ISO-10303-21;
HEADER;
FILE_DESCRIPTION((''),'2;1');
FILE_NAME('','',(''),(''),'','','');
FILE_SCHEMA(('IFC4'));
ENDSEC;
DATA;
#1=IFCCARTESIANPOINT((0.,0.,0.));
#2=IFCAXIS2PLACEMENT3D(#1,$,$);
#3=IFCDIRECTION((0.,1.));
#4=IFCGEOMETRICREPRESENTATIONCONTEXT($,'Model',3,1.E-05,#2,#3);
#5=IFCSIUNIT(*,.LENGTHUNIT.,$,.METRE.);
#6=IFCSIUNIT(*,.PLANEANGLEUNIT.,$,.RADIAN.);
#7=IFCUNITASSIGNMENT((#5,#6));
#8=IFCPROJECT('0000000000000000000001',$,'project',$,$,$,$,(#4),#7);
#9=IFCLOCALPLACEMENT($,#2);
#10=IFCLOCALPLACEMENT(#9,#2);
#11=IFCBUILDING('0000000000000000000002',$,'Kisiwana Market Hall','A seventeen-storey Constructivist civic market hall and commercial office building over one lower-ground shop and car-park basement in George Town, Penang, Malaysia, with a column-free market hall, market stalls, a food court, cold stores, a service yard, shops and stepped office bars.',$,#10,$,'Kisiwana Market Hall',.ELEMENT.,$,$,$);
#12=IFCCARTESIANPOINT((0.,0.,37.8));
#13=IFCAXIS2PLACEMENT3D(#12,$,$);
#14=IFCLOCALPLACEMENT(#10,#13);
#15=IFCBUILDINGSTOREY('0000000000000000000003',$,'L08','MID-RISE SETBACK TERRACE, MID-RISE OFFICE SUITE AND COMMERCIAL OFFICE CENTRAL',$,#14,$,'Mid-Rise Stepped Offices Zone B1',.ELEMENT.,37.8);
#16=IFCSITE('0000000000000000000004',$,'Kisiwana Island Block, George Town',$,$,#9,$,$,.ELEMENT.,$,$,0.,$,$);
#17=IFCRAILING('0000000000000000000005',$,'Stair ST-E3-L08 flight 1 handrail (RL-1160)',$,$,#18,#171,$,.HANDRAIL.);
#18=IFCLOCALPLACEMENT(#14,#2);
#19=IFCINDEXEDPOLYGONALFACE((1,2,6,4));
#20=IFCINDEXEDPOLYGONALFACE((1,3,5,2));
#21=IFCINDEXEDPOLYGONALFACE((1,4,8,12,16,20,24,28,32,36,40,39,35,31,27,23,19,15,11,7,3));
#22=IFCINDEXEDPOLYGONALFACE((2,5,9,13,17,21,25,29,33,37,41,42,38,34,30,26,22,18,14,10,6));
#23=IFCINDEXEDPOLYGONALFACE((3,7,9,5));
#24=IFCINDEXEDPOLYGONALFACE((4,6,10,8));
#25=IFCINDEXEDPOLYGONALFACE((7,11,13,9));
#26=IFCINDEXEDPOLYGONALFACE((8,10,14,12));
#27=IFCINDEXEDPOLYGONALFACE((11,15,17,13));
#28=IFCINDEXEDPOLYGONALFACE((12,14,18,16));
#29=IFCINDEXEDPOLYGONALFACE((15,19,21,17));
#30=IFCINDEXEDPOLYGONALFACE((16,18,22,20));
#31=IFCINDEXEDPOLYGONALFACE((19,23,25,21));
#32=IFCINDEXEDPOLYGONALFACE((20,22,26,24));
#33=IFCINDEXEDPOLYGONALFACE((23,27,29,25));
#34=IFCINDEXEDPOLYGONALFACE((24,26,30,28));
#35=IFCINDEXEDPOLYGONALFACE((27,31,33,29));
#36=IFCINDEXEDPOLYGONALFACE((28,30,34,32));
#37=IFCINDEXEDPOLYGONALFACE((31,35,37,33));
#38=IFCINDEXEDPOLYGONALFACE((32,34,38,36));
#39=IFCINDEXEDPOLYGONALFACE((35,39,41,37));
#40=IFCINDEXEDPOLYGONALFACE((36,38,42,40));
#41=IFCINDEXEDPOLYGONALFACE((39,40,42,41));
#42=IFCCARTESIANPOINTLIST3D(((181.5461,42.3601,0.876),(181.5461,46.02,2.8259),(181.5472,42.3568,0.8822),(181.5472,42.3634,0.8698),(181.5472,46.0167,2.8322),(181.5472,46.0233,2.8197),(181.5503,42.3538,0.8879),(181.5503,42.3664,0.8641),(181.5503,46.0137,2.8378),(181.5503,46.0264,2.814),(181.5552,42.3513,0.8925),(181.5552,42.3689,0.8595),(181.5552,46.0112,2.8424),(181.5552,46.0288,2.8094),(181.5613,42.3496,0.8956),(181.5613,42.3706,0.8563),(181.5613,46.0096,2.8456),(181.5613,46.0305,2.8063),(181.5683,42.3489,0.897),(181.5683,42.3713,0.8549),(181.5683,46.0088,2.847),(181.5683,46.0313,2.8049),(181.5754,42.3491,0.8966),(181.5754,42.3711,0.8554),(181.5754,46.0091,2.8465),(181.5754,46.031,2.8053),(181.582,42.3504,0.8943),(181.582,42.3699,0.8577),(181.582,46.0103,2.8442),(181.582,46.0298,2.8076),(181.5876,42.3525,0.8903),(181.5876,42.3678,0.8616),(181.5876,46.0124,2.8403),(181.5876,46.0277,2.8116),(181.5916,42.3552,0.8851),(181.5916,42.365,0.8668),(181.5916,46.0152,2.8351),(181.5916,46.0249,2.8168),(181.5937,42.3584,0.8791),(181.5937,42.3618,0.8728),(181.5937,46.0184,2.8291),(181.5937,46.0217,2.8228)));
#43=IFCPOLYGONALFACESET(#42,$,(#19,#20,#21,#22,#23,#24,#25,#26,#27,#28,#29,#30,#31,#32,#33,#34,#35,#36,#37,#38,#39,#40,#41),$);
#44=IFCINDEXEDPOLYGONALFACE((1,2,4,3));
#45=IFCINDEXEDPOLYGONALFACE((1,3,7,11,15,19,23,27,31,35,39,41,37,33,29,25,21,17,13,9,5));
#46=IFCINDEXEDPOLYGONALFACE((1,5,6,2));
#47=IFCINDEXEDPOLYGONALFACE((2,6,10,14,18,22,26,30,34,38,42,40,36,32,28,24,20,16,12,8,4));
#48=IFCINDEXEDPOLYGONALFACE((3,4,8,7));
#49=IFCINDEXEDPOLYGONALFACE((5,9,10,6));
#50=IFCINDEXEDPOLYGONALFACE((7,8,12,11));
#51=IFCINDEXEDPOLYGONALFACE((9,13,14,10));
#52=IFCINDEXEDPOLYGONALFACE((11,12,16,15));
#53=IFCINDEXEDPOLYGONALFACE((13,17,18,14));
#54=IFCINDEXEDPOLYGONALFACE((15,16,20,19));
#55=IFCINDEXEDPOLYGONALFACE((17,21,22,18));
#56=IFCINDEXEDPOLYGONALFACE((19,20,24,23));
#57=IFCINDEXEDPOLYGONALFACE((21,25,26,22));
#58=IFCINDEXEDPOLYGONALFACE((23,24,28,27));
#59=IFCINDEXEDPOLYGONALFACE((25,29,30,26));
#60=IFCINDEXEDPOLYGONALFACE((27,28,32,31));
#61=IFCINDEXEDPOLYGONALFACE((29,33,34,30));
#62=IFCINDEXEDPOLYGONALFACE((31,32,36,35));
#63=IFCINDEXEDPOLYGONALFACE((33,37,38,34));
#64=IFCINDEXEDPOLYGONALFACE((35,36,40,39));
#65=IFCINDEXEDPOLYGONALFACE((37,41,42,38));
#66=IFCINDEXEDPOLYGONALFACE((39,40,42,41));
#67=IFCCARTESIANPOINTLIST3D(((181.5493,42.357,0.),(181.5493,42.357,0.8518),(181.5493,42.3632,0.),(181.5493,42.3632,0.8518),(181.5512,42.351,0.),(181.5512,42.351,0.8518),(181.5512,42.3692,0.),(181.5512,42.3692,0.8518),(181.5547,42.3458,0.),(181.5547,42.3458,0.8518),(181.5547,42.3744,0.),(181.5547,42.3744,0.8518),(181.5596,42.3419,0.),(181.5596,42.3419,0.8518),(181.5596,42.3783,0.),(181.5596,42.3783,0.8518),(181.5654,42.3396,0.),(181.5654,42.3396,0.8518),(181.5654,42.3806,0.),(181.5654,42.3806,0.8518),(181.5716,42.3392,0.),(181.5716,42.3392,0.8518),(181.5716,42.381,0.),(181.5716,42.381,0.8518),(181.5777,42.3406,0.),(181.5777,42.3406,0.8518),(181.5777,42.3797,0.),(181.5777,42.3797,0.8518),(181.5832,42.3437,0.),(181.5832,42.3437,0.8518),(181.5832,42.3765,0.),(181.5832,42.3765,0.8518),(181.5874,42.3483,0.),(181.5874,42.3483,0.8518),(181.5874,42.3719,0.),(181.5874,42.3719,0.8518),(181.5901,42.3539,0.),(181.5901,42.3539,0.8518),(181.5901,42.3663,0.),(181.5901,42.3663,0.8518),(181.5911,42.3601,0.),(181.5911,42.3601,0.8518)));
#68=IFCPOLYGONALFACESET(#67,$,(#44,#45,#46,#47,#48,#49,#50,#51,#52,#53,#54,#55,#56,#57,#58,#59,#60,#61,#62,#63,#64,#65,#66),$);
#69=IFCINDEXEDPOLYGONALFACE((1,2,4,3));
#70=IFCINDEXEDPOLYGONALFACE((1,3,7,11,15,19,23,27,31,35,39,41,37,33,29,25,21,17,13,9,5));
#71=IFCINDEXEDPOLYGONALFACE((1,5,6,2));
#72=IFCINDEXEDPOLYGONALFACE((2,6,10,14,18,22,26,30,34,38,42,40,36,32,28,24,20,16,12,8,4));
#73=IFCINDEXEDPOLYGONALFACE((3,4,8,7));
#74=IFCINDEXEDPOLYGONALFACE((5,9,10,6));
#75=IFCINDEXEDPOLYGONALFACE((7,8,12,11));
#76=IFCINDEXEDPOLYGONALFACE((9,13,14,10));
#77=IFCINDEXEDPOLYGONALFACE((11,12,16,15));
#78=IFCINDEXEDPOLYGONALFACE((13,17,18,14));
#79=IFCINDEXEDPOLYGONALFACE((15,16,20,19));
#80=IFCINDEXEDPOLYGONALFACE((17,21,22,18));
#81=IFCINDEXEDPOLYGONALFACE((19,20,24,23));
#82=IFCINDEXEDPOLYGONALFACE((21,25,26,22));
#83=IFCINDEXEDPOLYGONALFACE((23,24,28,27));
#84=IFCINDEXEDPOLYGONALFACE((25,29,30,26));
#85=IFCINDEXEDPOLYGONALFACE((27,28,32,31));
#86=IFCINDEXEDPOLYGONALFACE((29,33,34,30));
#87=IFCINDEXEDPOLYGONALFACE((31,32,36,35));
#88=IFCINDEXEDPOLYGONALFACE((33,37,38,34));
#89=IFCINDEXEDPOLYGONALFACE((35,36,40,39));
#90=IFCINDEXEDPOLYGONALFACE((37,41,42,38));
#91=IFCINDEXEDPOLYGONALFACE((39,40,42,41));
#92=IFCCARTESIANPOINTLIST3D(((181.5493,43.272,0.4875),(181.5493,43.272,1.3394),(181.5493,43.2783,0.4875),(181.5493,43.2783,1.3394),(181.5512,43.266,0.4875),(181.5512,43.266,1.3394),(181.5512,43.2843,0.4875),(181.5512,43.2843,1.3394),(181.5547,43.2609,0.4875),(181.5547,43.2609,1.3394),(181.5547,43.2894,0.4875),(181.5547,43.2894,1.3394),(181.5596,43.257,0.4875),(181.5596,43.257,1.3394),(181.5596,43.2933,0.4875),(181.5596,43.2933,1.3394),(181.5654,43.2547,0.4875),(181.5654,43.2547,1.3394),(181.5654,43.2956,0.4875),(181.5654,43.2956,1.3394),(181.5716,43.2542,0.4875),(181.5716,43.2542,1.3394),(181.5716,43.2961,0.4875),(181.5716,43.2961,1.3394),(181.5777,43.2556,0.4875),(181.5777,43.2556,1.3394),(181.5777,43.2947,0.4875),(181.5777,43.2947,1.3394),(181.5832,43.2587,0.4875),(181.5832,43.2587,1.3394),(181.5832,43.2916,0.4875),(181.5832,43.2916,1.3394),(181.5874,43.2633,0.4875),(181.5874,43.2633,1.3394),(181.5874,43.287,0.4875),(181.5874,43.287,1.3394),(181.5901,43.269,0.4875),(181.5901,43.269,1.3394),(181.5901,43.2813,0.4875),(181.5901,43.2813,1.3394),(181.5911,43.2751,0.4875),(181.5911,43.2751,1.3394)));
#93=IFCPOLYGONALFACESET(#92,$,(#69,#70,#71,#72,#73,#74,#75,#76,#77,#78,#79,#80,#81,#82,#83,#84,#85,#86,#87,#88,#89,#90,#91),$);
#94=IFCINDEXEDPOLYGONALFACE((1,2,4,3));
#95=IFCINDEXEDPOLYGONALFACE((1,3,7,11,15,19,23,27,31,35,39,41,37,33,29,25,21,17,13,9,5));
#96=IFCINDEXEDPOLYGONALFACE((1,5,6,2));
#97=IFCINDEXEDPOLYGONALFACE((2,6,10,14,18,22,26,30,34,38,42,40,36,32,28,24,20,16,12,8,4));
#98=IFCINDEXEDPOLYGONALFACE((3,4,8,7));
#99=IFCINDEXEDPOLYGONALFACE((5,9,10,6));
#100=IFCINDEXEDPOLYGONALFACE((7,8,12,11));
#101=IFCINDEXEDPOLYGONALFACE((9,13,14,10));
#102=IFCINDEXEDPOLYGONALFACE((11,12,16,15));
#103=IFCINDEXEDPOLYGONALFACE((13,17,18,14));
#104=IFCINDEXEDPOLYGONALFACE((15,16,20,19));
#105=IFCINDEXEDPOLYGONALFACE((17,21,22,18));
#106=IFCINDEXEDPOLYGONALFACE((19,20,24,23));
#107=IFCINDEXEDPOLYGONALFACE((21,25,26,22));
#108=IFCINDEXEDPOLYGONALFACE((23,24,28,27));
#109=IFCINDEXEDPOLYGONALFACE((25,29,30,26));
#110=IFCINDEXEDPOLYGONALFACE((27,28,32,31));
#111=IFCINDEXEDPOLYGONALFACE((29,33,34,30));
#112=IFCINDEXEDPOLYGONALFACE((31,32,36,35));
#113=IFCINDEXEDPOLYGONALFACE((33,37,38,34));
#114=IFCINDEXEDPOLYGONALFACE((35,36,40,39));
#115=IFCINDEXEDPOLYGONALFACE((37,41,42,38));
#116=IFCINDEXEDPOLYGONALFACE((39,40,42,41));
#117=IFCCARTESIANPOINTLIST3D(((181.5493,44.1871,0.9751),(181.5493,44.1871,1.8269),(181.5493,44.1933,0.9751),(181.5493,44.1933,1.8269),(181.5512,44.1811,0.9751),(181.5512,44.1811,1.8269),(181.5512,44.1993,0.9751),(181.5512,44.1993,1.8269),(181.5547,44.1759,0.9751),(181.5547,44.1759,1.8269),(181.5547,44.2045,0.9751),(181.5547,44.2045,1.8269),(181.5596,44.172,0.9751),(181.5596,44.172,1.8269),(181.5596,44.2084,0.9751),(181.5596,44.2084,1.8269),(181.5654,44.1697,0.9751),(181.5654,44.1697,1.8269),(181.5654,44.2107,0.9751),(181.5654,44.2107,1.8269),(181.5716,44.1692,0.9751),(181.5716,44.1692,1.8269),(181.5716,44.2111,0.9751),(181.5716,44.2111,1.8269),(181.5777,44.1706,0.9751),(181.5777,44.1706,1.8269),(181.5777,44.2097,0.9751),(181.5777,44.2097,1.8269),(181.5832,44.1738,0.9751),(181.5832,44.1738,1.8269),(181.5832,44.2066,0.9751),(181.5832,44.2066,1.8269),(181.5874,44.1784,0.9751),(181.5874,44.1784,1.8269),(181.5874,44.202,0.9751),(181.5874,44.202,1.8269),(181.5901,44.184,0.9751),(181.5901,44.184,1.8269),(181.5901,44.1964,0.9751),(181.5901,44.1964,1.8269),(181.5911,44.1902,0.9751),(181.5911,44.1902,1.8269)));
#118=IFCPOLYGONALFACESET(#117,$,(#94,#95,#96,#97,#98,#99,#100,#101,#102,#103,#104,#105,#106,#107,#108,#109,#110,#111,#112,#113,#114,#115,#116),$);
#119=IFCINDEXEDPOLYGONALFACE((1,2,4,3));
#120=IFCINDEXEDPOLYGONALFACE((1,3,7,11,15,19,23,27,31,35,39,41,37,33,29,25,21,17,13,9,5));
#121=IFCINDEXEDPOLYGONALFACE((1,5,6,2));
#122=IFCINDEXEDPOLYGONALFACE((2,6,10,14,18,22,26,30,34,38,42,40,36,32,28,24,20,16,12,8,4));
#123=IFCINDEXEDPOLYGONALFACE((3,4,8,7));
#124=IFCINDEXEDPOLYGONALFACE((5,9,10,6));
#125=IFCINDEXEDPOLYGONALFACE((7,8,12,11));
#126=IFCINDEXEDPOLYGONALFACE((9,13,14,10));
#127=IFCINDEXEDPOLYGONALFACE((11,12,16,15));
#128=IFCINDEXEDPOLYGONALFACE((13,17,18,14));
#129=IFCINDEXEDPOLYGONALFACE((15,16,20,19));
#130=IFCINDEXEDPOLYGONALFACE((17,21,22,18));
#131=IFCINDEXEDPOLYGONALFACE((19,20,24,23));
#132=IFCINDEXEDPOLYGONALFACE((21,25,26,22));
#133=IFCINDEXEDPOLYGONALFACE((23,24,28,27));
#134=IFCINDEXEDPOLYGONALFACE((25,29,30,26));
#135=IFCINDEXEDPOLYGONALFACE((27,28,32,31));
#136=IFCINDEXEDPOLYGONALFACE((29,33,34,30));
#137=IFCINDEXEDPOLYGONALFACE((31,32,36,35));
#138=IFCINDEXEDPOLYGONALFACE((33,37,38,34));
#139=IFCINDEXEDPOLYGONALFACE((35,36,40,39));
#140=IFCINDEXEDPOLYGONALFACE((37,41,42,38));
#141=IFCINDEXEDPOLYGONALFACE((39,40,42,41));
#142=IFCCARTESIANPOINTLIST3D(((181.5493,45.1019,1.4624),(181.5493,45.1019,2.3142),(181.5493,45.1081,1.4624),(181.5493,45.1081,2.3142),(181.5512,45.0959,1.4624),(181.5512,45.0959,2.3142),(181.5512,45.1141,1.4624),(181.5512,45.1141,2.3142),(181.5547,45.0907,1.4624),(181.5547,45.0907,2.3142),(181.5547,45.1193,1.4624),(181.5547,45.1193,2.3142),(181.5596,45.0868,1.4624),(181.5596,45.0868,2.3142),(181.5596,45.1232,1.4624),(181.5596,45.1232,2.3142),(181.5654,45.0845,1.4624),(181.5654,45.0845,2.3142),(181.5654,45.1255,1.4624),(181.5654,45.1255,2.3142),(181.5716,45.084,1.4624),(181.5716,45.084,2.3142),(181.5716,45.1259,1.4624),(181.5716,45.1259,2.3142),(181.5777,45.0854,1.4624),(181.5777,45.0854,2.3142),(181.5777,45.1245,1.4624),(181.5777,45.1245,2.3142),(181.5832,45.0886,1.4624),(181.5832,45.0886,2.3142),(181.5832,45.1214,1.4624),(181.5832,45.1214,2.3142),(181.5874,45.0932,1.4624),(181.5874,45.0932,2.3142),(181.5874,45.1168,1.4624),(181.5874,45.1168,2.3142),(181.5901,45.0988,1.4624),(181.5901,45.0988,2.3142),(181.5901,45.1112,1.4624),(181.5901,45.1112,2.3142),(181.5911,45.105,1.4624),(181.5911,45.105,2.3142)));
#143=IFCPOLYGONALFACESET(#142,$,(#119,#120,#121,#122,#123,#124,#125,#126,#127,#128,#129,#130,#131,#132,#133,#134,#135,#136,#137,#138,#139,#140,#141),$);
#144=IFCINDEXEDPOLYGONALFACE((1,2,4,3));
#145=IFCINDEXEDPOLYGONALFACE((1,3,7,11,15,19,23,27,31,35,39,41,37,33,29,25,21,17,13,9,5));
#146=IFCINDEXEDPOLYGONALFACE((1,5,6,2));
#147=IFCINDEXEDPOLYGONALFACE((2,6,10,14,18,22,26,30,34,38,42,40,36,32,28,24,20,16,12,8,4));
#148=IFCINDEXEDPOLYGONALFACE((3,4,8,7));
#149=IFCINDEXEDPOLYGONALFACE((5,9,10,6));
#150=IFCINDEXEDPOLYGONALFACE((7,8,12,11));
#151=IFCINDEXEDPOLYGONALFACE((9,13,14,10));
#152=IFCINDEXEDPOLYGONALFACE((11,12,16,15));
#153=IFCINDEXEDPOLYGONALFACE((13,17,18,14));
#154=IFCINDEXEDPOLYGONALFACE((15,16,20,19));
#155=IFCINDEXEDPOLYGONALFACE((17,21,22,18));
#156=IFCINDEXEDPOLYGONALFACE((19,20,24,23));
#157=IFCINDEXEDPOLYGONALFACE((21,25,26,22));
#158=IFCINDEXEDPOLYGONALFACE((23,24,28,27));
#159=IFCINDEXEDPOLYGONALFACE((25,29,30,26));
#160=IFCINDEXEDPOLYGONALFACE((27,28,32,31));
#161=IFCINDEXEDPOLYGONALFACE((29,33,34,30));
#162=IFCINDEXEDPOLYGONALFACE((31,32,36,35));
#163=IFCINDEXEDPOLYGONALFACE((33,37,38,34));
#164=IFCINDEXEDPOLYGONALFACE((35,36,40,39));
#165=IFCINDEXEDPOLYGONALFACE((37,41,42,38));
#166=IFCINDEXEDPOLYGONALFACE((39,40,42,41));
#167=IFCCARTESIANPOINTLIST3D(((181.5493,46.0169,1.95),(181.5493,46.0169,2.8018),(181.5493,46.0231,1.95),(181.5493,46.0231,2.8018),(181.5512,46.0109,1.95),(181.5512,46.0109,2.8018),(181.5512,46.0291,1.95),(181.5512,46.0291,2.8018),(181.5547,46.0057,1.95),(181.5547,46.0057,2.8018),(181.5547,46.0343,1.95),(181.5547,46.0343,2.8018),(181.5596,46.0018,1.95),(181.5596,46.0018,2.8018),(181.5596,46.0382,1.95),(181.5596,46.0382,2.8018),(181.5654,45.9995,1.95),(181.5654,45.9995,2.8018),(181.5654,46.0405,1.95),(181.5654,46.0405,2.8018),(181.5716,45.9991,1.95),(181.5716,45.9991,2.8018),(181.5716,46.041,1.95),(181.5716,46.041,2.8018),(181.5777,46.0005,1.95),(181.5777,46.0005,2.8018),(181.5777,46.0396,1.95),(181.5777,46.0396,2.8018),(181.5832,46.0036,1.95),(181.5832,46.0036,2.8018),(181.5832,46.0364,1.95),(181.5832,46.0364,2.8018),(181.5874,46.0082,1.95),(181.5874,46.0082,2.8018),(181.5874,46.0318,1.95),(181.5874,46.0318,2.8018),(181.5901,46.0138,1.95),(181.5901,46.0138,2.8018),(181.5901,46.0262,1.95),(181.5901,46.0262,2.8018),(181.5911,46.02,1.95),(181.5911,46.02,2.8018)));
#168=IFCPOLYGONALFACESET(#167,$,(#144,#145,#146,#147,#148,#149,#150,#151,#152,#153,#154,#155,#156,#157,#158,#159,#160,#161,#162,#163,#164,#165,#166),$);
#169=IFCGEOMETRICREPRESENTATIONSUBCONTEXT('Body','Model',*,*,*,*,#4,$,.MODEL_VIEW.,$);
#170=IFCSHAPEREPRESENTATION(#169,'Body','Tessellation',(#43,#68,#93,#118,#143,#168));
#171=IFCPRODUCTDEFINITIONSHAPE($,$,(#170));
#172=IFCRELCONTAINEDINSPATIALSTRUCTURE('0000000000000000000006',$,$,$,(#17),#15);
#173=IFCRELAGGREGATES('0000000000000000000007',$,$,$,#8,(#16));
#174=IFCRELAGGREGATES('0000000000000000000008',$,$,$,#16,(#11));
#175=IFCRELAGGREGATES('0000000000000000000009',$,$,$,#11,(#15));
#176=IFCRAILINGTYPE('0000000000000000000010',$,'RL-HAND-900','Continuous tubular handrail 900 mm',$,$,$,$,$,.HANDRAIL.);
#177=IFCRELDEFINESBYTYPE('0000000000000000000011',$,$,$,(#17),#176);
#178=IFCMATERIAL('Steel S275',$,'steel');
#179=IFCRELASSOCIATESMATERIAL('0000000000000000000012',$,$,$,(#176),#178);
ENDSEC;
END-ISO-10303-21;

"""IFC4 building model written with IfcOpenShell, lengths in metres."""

from ifc_helpers import new_model, si_unit, direction, frame, origin, origin_2d, place, context, subcontext, project, spatial, circle, extrude, material, type_object, element, save


model = new_model("IFC4")

# Units and contexts
model_context = context("Model", 3, precision=1e-05, world=origin(), true_north=direction((0.0, 1.0)))
body_context = subcontext(model_context, "Body", "Model", "MODEL_VIEW")
ifc_project = project(units=[si_unit("LENGTHUNIT", "METRE"), si_unit("PLANEANGLEUNIT", "RADIAN")], contexts=[model_context])

# Site, building, storey
site_placement = place(None, origin())
site = spatial("IfcSite", under=ifc_project, at=site_placement, Name="Kisiwana Island Block, George Town", CompositionType="ELEMENT", RefElevation=0.0)
building_placement = place(site_placement, origin())
building = spatial("IfcBuilding", under=site, at=building_placement, Name="Kisiwana Market Hall", Description="A seventeen-storey Constructivist civic market hall and commercial office building over one lower-ground shop and car-park basement in George Town, Penang, Malaysia, with a column-free market hall, market stalls, a food court, cold stores, a service yard, shops and stepped office bars.", LongName="Kisiwana Market Hall", CompositionType="ELEMENT")
storey_placement = place(building_placement, frame((0.0, 0.0, 37.8)))
storey = spatial("IfcBuildingStorey", under=building, at=storey_placement, Name="L08", Description="MID-RISE SETBACK TERRACE, MID-RISE OFFICE SUITE AND COMMERCIAL OFFICE CENTRAL", LongName="Mid-Rise Stepped Offices Zone B1", CompositionType="ELEMENT", Elevation=37.8)

# Railing
ifc_material_1 = material(Name="Steel S275", Category="steel")
railing_type_1 = type_object("IfcRailingType", Name="RL-HAND-900", Description="Continuous tubular handrail 900 mm", PredefinedType="HANDRAIL", material=ifc_material_1)
railing_1_placement = place(storey_placement, frame((181.5701, 42.3601, 0.0)))
element("IfcRailing", 1, at=railing_1_placement, inside=storey, type_object=railing_type_1, Name="Stair ST-E3-L08 flight 1 handrail (RL-1160)", PredefinedType="HANDRAIL", context=body_context, shape_type="SweptSolid", body=[
    extrude(circle(Radius=0.0239, at=origin_2d()), frame((0.0, 0.0, 0.876), z_axis=(0.0, 0.882553, 0.470212), x_axis=(-1.0, 0.0, 0.0)), (0.0, 0.0, 1.0), 4.147),
    extrude(circle(Radius=0.021, at=origin_2d()), origin(), (0.0, 0.0, 1.0), 0.8518),
    extrude(circle(Radius=0.021, at=origin_2d()), frame((0.0, 0.915, 0.4875)), (0.0, 0.0, 1.0), 0.8518),
    extrude(circle(Radius=0.021, at=origin_2d()), frame((0.0, 1.8301, 0.9751)), (0.0, 0.0, 1.0), 0.8518),
    extrude(circle(Radius=0.021, at=origin_2d()), frame((0.0, 2.7449, 1.4624)), (0.0, 0.0, 1.0), 0.8518),
    extrude(circle(Radius=0.021, at=origin_2d()), frame((0.0, 3.6599, 1.95)), (0.0, 0.0, 1.0), 0.8518),
])

save(model, "model.ifc")
